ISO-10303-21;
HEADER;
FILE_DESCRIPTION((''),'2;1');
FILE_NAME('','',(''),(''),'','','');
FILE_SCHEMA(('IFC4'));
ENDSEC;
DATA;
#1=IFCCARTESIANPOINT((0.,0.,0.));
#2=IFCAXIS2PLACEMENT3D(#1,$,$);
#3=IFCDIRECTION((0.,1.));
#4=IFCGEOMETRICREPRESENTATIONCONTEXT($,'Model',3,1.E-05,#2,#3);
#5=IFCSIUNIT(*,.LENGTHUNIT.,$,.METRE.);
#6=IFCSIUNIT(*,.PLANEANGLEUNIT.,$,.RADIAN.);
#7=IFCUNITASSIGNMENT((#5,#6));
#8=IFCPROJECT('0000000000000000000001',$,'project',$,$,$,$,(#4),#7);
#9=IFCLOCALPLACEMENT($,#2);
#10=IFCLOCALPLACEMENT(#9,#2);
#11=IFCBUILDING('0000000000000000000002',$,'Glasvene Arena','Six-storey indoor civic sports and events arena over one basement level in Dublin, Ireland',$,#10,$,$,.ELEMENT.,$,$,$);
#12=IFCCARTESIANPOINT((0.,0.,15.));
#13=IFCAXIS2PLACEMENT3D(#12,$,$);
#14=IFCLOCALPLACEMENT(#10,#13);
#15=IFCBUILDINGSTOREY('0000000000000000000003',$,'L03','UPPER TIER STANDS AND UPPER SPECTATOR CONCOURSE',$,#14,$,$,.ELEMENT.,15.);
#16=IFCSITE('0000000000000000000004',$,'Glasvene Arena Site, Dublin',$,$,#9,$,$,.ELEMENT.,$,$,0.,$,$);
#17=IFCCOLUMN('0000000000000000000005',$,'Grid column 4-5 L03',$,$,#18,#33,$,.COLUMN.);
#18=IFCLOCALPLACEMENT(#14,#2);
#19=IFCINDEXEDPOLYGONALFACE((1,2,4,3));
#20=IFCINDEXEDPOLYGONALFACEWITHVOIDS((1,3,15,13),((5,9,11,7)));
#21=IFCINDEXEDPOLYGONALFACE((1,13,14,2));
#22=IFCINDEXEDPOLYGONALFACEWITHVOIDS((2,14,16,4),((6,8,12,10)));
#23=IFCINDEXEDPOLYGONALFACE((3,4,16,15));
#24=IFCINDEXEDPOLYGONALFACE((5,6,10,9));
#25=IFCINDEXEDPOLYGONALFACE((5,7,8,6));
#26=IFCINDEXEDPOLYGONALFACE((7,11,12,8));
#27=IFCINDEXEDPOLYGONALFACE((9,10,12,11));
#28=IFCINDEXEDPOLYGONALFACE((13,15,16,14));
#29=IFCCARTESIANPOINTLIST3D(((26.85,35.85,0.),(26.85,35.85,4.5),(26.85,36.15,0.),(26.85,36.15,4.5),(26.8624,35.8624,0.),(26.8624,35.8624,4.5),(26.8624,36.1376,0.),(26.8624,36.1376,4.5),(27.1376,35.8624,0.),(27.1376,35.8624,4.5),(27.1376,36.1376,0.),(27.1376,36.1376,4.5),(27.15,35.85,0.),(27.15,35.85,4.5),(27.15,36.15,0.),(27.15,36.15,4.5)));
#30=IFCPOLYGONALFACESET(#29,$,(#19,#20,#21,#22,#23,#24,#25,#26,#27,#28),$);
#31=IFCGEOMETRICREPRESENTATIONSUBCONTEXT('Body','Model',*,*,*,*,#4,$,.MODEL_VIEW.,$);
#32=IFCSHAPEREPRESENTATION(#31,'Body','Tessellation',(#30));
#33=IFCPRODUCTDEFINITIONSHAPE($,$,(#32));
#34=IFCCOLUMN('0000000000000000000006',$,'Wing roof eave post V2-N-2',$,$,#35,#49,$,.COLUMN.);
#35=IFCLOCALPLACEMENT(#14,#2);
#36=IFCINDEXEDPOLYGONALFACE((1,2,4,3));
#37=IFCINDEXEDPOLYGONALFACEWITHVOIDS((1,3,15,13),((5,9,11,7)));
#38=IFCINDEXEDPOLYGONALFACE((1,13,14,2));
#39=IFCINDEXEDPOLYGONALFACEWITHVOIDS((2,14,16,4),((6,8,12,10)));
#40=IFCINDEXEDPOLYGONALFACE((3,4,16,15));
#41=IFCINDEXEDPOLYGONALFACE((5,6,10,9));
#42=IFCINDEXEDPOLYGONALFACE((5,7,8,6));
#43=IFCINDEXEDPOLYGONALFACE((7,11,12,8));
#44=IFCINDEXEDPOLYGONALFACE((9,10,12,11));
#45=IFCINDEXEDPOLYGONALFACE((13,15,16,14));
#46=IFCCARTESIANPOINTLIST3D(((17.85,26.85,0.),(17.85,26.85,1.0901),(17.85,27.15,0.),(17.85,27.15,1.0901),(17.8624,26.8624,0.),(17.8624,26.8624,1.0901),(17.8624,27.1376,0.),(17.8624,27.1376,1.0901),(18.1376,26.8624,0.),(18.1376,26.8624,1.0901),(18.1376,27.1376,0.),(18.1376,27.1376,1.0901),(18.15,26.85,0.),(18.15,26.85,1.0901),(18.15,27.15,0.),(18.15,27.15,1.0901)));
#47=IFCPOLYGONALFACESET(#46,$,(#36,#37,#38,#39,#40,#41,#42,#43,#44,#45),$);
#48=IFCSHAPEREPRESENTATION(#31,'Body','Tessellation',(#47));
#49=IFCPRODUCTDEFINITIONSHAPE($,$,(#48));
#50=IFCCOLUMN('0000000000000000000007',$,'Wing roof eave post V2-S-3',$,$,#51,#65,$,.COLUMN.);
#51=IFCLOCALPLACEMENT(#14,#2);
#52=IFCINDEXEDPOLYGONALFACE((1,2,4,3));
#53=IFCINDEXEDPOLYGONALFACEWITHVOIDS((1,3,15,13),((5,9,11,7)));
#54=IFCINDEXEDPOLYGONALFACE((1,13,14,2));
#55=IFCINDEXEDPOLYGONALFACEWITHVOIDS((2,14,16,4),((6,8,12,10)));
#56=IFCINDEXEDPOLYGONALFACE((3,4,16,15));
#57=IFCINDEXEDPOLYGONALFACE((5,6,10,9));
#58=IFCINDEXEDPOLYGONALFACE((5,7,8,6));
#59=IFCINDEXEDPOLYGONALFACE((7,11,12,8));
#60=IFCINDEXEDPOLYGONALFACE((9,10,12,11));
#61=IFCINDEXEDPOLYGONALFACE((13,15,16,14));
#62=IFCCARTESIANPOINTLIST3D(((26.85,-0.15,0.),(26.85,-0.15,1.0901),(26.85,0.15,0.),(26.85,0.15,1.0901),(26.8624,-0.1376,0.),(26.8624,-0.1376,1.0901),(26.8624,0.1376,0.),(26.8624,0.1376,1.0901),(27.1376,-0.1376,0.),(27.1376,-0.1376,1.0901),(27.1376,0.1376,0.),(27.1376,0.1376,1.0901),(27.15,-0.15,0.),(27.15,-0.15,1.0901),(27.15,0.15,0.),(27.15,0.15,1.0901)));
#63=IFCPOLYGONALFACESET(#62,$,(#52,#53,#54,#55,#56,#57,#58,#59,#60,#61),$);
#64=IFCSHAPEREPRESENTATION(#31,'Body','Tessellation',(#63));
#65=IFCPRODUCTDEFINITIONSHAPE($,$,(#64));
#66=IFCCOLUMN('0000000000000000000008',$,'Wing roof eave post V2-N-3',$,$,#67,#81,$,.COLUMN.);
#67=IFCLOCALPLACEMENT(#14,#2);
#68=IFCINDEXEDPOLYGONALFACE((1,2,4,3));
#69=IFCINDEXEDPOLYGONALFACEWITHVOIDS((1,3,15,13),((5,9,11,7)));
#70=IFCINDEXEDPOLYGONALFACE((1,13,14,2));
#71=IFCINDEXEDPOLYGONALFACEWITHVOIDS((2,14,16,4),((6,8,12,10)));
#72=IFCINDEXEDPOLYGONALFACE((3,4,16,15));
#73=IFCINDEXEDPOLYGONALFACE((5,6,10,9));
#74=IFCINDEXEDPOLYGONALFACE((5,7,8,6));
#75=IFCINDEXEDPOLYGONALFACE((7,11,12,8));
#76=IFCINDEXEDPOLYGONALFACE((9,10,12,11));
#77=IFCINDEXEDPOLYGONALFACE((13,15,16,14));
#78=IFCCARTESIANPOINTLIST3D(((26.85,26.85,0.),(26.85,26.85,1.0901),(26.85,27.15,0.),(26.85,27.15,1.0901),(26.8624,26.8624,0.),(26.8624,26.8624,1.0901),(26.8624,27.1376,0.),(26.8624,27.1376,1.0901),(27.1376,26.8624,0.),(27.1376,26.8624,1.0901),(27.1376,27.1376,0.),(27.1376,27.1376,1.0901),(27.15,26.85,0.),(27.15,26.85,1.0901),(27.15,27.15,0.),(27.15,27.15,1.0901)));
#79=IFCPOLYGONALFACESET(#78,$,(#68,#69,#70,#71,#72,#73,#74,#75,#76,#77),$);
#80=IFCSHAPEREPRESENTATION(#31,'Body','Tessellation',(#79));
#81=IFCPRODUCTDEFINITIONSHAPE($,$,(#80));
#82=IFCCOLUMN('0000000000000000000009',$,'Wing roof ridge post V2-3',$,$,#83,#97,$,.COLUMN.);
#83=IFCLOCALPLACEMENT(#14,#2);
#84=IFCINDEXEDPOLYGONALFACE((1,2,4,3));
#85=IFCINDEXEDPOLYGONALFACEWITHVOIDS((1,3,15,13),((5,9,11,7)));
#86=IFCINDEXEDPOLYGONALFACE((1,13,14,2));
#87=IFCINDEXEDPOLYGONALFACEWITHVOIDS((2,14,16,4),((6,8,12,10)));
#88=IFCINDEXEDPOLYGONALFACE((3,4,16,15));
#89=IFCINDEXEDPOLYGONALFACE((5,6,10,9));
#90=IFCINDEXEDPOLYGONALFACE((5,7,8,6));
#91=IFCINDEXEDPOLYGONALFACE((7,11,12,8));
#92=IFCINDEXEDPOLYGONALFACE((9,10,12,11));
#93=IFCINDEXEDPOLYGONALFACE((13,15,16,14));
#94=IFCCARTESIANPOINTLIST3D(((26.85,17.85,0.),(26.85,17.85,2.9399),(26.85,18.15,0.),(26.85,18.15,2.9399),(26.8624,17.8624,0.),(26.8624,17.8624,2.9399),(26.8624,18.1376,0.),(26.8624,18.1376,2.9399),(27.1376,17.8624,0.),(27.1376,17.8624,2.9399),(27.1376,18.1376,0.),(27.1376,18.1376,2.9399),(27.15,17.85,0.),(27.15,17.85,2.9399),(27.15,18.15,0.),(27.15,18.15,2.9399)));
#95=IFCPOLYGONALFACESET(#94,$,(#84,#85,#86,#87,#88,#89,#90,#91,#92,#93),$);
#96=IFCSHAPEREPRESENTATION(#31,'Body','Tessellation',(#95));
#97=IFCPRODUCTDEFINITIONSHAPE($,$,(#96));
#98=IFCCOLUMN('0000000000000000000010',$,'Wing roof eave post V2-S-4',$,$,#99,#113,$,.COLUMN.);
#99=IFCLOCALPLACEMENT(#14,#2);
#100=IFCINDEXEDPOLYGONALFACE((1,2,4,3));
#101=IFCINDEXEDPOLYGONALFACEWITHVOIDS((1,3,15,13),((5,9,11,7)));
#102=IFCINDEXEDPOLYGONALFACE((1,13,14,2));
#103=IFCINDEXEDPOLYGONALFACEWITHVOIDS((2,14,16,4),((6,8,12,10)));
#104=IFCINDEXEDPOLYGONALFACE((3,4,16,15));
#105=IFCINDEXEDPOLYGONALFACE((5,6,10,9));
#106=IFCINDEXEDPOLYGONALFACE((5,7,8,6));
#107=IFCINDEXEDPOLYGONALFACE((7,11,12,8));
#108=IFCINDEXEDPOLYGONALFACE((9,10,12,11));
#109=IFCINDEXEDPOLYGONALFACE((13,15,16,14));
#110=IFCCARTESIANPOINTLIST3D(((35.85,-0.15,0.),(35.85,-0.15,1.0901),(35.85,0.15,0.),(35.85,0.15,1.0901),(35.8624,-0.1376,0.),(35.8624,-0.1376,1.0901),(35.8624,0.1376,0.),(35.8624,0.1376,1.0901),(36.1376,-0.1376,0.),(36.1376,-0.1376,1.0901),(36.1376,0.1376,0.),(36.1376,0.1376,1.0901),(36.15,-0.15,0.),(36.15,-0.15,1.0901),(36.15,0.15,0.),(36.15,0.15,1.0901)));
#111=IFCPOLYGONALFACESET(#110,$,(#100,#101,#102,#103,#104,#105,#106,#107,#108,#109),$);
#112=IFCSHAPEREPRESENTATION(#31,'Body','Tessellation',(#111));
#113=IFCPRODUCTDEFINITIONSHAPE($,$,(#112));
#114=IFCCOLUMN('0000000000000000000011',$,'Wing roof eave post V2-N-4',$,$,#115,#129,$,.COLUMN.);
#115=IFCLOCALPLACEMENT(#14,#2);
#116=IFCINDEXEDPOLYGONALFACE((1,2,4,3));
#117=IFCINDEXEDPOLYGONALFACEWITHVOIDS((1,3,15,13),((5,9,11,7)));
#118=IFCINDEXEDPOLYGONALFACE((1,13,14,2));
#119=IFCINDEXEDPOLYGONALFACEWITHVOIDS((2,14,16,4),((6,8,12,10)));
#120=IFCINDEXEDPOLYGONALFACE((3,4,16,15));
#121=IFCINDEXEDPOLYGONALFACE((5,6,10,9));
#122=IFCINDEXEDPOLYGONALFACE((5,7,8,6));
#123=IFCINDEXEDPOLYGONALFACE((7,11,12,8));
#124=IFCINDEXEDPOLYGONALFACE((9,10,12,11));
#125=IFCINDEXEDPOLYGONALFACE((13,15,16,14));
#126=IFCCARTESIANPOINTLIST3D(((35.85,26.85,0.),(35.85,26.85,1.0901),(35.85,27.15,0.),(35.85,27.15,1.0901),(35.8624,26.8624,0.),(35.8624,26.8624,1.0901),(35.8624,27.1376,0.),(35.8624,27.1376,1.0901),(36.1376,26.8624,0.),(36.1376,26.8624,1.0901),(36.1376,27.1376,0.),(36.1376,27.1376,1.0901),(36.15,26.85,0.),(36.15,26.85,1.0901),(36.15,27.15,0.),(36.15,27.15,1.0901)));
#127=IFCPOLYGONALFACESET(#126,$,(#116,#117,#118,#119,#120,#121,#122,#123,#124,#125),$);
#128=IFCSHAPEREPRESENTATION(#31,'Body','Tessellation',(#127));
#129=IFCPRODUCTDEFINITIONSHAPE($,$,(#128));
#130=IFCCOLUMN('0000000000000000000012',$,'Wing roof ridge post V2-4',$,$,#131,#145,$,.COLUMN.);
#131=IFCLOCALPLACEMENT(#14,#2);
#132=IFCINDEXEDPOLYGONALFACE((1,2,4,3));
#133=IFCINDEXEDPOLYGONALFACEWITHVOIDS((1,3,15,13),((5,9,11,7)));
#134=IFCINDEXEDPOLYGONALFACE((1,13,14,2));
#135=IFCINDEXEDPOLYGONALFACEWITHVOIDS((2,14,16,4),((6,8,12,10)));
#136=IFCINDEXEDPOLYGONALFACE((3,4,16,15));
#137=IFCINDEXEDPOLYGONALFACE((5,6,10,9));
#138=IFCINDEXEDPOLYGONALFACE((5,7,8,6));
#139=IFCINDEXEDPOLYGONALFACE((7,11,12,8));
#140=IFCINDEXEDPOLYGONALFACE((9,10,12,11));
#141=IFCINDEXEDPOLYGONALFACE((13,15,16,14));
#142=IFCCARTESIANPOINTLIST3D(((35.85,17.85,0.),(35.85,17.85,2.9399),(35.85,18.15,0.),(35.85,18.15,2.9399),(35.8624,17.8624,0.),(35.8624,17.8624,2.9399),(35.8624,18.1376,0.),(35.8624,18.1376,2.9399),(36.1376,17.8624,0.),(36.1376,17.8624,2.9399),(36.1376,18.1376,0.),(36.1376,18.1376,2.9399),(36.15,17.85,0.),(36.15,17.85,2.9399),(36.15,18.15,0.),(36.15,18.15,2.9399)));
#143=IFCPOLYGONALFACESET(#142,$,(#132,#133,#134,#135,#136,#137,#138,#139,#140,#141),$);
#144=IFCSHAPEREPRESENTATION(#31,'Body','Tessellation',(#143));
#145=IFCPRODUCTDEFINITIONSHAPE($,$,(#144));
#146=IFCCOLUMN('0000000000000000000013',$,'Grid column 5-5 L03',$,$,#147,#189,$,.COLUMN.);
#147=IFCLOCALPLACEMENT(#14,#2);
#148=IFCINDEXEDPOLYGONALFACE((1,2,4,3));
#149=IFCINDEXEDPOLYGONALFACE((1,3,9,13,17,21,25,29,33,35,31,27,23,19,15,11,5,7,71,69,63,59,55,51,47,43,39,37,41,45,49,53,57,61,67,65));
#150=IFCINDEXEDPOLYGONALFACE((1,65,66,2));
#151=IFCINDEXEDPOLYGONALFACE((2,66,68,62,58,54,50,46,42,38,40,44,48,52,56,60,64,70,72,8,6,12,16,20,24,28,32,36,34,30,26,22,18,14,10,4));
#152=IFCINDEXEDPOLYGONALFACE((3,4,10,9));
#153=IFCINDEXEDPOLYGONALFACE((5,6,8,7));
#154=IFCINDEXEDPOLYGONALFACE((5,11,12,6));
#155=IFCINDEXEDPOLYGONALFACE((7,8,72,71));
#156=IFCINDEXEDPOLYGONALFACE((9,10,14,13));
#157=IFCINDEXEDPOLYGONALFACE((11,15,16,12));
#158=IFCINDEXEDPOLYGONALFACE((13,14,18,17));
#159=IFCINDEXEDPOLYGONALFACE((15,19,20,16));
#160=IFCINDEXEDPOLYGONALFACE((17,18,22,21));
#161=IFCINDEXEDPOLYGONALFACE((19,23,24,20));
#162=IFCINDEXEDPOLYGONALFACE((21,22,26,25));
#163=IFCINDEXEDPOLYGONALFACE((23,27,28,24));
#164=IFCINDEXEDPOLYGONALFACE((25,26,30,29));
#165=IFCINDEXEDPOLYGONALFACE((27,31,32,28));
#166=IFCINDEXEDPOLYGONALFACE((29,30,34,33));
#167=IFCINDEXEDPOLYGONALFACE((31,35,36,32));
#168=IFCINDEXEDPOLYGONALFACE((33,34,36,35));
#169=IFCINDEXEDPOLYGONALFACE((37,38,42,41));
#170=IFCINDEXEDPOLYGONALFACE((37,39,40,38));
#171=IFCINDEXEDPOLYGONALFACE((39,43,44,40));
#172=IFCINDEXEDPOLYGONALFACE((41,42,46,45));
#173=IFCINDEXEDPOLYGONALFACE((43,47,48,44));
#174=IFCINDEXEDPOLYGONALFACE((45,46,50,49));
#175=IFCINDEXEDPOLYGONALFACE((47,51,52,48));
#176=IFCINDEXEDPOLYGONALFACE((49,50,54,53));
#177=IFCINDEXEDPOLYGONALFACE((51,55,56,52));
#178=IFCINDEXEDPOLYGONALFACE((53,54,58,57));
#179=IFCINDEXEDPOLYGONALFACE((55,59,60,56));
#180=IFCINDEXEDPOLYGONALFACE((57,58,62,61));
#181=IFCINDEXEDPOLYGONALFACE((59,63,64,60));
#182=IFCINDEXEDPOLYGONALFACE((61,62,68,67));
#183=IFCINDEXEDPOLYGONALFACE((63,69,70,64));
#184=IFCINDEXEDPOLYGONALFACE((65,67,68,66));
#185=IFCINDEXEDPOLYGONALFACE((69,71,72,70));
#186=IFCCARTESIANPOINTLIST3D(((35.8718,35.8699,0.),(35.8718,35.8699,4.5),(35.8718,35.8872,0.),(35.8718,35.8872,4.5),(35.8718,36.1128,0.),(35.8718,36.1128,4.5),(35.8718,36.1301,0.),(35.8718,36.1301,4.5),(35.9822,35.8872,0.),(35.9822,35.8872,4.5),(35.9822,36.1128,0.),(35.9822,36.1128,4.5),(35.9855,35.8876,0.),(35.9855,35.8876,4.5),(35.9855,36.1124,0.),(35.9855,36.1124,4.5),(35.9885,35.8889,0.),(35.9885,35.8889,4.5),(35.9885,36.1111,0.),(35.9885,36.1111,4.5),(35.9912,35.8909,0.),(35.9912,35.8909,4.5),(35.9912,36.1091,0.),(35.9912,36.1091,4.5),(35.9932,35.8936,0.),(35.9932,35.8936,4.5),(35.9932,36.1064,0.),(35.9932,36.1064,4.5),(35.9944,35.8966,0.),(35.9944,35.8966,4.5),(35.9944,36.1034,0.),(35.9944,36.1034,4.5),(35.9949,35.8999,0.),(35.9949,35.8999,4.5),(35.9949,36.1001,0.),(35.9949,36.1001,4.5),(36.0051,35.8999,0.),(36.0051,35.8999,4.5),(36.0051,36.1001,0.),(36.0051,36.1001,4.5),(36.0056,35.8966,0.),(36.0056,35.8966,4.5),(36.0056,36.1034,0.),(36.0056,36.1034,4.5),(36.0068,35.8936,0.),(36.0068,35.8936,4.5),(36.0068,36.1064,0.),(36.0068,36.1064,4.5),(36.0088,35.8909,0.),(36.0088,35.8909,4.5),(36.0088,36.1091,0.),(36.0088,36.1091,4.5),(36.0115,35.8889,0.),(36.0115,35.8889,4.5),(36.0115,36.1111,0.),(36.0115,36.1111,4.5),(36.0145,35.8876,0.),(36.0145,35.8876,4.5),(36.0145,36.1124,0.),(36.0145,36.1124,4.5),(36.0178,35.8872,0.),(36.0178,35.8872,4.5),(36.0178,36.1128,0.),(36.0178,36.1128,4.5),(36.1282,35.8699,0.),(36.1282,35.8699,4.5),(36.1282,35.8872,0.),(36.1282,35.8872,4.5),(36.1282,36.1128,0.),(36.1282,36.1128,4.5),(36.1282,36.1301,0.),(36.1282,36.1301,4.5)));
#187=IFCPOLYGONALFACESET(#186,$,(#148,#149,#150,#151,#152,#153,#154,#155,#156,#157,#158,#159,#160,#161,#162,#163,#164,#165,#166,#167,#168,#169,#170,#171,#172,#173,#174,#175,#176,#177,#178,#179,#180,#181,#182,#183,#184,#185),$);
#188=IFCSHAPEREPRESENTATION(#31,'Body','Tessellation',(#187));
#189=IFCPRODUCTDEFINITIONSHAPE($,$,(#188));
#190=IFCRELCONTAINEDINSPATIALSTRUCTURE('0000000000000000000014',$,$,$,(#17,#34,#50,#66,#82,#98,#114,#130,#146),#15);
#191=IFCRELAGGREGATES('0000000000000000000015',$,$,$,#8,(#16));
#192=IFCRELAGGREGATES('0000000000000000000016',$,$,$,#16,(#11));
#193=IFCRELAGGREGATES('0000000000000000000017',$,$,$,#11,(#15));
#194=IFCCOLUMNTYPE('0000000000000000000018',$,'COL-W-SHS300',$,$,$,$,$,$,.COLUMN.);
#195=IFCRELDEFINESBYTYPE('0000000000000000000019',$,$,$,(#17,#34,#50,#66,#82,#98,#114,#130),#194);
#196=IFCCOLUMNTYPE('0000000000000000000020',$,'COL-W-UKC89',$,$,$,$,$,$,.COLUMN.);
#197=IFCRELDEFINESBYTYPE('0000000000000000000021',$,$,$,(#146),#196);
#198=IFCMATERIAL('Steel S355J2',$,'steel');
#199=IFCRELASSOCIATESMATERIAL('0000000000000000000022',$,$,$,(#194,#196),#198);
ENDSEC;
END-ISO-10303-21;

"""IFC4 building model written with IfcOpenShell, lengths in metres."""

from ifc_helpers import new_model, si_unit, direction, frame, origin, origin_2d, place, context, subcontext, project, spatial, hollow_rectangle, i_section, extrude, material, material_profile, profile_set, type_object, element, save


model = new_model("IFC4")

# Units and contexts
model_context = context("Model", 3, precision=1e-05, world=origin(), true_north=direction((0.0, 1.0)))
body_context = subcontext(model_context, "Body", "Model", "MODEL_VIEW")
ifc_project = project(units=[si_unit("LENGTHUNIT", "METRE"), si_unit("PLANEANGLEUNIT", "RADIAN")], contexts=[model_context])

# Site, building, storey
site_placement = place(None, origin())
site = spatial("IfcSite", under=ifc_project, at=site_placement, Name="Glasvene Arena Site, Dublin", CompositionType="ELEMENT", RefElevation=0.0)
building_placement = place(site_placement, origin())
building = spatial("IfcBuilding", under=site, at=building_placement, Name="Glasvene Arena", Description="Six-storey indoor civic sports and events arena over one basement level in Dublin, Ireland", CompositionType="ELEMENT")
storey_placement = place(building_placement, frame((0.0, 0.0, 15.0)))
storey = spatial("IfcBuildingStorey", under=building, at=storey_placement, Name="L03", Description="UPPER TIER STANDS AND UPPER SPECTATOR CONCOURSE", CompositionType="ELEMENT", Elevation=15.0)

# Columns
ifc_material_1 = material(Name="Steel S355J2", Category="steel")
ifc_material_profile_1 = material_profile(ifc_material_1, hollow_rectangle(XDim=0.3, YDim=0.3, WallThickness=0.0125, at=origin_2d()), Name="SHS 300x300x12.5")
ifc_profile_set_1 = profile_set([ifc_material_profile_1], Name="Steel S355J2")
column_type_1 = type_object("IfcColumnType", Name="COL-W-SHS300", PredefinedType="COLUMN", material=ifc_profile_set_1)
column_1_placement = place(storey_placement, frame((27.0, 36.0, 0.0), z_axis=(0.0, 0.0, 1.0), x_axis=(1.0, 0.0, 0.0)))
element("IfcColumn", 1, at=column_1_placement, inside=storey, type_object=column_type_1, Name="Grid column 4-5 L03", PredefinedType="COLUMN", context=body_context, shape_type="SweptSolid", body=[
    extrude(hollow_rectangle(XDim=0.3, YDim=0.3, WallThickness=0.0125, at=origin_2d()), origin(), (0.0, 0.0, 1.0), 4.5),
])
for number, where, z_axis, x_axis, name in (
    (2, (18.0, 27.0, 0.0), (0.0, 0.0, 1.0), (1.0, 0.0, 0.0), "Wing roof eave post V2-N-2"),
    (3, (27.0, 0.0, 0.0), (0.0, 0.0, 1.0), (1.0, 0.0, 0.0), "Wing roof eave post V2-S-3"),
    (4, (27.0, 27.0, 0.0), (0.0, 0.0, 1.0), (1.0, 0.0, 0.0), "Wing roof eave post V2-N-3"),
):
    element("IfcColumn", number, at=place(storey_placement, frame(where, z_axis=z_axis, x_axis=x_axis)), inside=storey, type_object=column_type_1, Name=name, PredefinedType="COLUMN", context=body_context, shape_type="SweptSolid", body=[
        extrude(hollow_rectangle(XDim=0.3, YDim=0.3, WallThickness=0.0125, at=origin_2d()), origin(), (0.0, 0.0, 1.0), 1.0901),
    ])
column_2_placement = place(storey_placement, frame((27.0, 18.0, 0.0), z_axis=(0.0, 0.0, 1.0), x_axis=(1.0, 0.0, 0.0)))
element("IfcColumn", 5, at=column_2_placement, inside=storey, type_object=column_type_1, Name="Wing roof ridge post V2-3", PredefinedType="COLUMN", context=body_context, shape_type="SweptSolid", body=[
    extrude(hollow_rectangle(XDim=0.3, YDim=0.3, WallThickness=0.0125, at=origin_2d()), origin(), (0.0, 0.0, 1.0), 2.9399),
])
for number, where, z_axis, x_axis, name in (
    (6, (36.0, 0.0, 0.0), (0.0, 0.0, 1.0), (1.0, 0.0, 0.0), "Wing roof eave post V2-S-4"),
    (7, (36.0, 27.0, 0.0), (0.0, 0.0, 1.0), (1.0, 0.0, 0.0), "Wing roof eave post V2-N-4"),
):
    element("IfcColumn", number, at=place(storey_placement, frame(where, z_axis=z_axis, x_axis=x_axis)), inside=storey, type_object=column_type_1, Name=name, PredefinedType="COLUMN", context=body_context, shape_type="SweptSolid", body=[
        extrude(hollow_rectangle(XDim=0.3, YDim=0.3, WallThickness=0.0125, at=origin_2d()), origin(), (0.0, 0.0, 1.0), 1.0901),
    ])
column_3_placement = place(storey_placement, frame((36.0, 18.0, 0.0), z_axis=(0.0, 0.0, 1.0), x_axis=(1.0, 0.0, 0.0)))
element("IfcColumn", 8, at=column_3_placement, inside=storey, type_object=column_type_1, Name="Wing roof ridge post V2-4", PredefinedType="COLUMN", context=body_context, shape_type="SweptSolid", body=[
    extrude(hollow_rectangle(XDim=0.3, YDim=0.3, WallThickness=0.0125, at=origin_2d()), origin(), (0.0, 0.0, 1.0), 2.9399),
])
ifc_material_profile_2 = material_profile(ifc_material_1, i_section(OverallWidth=0.2563, OverallDepth=0.2603, WebThickness=0.0103, FlangeThickness=0.0173, FilletRadius=0.0127, at=origin_2d()), Name="UKC 254x254x89")
ifc_profile_set_2 = profile_set([ifc_material_profile_2], Name="Steel S355J2")
column_type_2 = type_object("IfcColumnType", Name="COL-W-UKC89", PredefinedType="COLUMN", material=ifc_profile_set_2)
column_4_placement = place(storey_placement, frame((36.0, 36.0, 0.0), z_axis=(0.0, 0.0, 1.0), x_axis=(1.0, 0.0, 0.0)))
element("IfcColumn", 9, at=column_4_placement, inside=storey, type_object=column_type_2, Name="Grid column 5-5 L03", PredefinedType="COLUMN", context=body_context, shape_type="SweptSolid", body=[
    extrude(i_section(OverallWidth=0.2563, OverallDepth=0.2603, WebThickness=0.0103, FlangeThickness=0.0173, FilletRadius=0.0127, at=origin_2d()), origin(), (0.0, 0.0, 1.0), 4.5),
])

save(model, "model.ifc")
